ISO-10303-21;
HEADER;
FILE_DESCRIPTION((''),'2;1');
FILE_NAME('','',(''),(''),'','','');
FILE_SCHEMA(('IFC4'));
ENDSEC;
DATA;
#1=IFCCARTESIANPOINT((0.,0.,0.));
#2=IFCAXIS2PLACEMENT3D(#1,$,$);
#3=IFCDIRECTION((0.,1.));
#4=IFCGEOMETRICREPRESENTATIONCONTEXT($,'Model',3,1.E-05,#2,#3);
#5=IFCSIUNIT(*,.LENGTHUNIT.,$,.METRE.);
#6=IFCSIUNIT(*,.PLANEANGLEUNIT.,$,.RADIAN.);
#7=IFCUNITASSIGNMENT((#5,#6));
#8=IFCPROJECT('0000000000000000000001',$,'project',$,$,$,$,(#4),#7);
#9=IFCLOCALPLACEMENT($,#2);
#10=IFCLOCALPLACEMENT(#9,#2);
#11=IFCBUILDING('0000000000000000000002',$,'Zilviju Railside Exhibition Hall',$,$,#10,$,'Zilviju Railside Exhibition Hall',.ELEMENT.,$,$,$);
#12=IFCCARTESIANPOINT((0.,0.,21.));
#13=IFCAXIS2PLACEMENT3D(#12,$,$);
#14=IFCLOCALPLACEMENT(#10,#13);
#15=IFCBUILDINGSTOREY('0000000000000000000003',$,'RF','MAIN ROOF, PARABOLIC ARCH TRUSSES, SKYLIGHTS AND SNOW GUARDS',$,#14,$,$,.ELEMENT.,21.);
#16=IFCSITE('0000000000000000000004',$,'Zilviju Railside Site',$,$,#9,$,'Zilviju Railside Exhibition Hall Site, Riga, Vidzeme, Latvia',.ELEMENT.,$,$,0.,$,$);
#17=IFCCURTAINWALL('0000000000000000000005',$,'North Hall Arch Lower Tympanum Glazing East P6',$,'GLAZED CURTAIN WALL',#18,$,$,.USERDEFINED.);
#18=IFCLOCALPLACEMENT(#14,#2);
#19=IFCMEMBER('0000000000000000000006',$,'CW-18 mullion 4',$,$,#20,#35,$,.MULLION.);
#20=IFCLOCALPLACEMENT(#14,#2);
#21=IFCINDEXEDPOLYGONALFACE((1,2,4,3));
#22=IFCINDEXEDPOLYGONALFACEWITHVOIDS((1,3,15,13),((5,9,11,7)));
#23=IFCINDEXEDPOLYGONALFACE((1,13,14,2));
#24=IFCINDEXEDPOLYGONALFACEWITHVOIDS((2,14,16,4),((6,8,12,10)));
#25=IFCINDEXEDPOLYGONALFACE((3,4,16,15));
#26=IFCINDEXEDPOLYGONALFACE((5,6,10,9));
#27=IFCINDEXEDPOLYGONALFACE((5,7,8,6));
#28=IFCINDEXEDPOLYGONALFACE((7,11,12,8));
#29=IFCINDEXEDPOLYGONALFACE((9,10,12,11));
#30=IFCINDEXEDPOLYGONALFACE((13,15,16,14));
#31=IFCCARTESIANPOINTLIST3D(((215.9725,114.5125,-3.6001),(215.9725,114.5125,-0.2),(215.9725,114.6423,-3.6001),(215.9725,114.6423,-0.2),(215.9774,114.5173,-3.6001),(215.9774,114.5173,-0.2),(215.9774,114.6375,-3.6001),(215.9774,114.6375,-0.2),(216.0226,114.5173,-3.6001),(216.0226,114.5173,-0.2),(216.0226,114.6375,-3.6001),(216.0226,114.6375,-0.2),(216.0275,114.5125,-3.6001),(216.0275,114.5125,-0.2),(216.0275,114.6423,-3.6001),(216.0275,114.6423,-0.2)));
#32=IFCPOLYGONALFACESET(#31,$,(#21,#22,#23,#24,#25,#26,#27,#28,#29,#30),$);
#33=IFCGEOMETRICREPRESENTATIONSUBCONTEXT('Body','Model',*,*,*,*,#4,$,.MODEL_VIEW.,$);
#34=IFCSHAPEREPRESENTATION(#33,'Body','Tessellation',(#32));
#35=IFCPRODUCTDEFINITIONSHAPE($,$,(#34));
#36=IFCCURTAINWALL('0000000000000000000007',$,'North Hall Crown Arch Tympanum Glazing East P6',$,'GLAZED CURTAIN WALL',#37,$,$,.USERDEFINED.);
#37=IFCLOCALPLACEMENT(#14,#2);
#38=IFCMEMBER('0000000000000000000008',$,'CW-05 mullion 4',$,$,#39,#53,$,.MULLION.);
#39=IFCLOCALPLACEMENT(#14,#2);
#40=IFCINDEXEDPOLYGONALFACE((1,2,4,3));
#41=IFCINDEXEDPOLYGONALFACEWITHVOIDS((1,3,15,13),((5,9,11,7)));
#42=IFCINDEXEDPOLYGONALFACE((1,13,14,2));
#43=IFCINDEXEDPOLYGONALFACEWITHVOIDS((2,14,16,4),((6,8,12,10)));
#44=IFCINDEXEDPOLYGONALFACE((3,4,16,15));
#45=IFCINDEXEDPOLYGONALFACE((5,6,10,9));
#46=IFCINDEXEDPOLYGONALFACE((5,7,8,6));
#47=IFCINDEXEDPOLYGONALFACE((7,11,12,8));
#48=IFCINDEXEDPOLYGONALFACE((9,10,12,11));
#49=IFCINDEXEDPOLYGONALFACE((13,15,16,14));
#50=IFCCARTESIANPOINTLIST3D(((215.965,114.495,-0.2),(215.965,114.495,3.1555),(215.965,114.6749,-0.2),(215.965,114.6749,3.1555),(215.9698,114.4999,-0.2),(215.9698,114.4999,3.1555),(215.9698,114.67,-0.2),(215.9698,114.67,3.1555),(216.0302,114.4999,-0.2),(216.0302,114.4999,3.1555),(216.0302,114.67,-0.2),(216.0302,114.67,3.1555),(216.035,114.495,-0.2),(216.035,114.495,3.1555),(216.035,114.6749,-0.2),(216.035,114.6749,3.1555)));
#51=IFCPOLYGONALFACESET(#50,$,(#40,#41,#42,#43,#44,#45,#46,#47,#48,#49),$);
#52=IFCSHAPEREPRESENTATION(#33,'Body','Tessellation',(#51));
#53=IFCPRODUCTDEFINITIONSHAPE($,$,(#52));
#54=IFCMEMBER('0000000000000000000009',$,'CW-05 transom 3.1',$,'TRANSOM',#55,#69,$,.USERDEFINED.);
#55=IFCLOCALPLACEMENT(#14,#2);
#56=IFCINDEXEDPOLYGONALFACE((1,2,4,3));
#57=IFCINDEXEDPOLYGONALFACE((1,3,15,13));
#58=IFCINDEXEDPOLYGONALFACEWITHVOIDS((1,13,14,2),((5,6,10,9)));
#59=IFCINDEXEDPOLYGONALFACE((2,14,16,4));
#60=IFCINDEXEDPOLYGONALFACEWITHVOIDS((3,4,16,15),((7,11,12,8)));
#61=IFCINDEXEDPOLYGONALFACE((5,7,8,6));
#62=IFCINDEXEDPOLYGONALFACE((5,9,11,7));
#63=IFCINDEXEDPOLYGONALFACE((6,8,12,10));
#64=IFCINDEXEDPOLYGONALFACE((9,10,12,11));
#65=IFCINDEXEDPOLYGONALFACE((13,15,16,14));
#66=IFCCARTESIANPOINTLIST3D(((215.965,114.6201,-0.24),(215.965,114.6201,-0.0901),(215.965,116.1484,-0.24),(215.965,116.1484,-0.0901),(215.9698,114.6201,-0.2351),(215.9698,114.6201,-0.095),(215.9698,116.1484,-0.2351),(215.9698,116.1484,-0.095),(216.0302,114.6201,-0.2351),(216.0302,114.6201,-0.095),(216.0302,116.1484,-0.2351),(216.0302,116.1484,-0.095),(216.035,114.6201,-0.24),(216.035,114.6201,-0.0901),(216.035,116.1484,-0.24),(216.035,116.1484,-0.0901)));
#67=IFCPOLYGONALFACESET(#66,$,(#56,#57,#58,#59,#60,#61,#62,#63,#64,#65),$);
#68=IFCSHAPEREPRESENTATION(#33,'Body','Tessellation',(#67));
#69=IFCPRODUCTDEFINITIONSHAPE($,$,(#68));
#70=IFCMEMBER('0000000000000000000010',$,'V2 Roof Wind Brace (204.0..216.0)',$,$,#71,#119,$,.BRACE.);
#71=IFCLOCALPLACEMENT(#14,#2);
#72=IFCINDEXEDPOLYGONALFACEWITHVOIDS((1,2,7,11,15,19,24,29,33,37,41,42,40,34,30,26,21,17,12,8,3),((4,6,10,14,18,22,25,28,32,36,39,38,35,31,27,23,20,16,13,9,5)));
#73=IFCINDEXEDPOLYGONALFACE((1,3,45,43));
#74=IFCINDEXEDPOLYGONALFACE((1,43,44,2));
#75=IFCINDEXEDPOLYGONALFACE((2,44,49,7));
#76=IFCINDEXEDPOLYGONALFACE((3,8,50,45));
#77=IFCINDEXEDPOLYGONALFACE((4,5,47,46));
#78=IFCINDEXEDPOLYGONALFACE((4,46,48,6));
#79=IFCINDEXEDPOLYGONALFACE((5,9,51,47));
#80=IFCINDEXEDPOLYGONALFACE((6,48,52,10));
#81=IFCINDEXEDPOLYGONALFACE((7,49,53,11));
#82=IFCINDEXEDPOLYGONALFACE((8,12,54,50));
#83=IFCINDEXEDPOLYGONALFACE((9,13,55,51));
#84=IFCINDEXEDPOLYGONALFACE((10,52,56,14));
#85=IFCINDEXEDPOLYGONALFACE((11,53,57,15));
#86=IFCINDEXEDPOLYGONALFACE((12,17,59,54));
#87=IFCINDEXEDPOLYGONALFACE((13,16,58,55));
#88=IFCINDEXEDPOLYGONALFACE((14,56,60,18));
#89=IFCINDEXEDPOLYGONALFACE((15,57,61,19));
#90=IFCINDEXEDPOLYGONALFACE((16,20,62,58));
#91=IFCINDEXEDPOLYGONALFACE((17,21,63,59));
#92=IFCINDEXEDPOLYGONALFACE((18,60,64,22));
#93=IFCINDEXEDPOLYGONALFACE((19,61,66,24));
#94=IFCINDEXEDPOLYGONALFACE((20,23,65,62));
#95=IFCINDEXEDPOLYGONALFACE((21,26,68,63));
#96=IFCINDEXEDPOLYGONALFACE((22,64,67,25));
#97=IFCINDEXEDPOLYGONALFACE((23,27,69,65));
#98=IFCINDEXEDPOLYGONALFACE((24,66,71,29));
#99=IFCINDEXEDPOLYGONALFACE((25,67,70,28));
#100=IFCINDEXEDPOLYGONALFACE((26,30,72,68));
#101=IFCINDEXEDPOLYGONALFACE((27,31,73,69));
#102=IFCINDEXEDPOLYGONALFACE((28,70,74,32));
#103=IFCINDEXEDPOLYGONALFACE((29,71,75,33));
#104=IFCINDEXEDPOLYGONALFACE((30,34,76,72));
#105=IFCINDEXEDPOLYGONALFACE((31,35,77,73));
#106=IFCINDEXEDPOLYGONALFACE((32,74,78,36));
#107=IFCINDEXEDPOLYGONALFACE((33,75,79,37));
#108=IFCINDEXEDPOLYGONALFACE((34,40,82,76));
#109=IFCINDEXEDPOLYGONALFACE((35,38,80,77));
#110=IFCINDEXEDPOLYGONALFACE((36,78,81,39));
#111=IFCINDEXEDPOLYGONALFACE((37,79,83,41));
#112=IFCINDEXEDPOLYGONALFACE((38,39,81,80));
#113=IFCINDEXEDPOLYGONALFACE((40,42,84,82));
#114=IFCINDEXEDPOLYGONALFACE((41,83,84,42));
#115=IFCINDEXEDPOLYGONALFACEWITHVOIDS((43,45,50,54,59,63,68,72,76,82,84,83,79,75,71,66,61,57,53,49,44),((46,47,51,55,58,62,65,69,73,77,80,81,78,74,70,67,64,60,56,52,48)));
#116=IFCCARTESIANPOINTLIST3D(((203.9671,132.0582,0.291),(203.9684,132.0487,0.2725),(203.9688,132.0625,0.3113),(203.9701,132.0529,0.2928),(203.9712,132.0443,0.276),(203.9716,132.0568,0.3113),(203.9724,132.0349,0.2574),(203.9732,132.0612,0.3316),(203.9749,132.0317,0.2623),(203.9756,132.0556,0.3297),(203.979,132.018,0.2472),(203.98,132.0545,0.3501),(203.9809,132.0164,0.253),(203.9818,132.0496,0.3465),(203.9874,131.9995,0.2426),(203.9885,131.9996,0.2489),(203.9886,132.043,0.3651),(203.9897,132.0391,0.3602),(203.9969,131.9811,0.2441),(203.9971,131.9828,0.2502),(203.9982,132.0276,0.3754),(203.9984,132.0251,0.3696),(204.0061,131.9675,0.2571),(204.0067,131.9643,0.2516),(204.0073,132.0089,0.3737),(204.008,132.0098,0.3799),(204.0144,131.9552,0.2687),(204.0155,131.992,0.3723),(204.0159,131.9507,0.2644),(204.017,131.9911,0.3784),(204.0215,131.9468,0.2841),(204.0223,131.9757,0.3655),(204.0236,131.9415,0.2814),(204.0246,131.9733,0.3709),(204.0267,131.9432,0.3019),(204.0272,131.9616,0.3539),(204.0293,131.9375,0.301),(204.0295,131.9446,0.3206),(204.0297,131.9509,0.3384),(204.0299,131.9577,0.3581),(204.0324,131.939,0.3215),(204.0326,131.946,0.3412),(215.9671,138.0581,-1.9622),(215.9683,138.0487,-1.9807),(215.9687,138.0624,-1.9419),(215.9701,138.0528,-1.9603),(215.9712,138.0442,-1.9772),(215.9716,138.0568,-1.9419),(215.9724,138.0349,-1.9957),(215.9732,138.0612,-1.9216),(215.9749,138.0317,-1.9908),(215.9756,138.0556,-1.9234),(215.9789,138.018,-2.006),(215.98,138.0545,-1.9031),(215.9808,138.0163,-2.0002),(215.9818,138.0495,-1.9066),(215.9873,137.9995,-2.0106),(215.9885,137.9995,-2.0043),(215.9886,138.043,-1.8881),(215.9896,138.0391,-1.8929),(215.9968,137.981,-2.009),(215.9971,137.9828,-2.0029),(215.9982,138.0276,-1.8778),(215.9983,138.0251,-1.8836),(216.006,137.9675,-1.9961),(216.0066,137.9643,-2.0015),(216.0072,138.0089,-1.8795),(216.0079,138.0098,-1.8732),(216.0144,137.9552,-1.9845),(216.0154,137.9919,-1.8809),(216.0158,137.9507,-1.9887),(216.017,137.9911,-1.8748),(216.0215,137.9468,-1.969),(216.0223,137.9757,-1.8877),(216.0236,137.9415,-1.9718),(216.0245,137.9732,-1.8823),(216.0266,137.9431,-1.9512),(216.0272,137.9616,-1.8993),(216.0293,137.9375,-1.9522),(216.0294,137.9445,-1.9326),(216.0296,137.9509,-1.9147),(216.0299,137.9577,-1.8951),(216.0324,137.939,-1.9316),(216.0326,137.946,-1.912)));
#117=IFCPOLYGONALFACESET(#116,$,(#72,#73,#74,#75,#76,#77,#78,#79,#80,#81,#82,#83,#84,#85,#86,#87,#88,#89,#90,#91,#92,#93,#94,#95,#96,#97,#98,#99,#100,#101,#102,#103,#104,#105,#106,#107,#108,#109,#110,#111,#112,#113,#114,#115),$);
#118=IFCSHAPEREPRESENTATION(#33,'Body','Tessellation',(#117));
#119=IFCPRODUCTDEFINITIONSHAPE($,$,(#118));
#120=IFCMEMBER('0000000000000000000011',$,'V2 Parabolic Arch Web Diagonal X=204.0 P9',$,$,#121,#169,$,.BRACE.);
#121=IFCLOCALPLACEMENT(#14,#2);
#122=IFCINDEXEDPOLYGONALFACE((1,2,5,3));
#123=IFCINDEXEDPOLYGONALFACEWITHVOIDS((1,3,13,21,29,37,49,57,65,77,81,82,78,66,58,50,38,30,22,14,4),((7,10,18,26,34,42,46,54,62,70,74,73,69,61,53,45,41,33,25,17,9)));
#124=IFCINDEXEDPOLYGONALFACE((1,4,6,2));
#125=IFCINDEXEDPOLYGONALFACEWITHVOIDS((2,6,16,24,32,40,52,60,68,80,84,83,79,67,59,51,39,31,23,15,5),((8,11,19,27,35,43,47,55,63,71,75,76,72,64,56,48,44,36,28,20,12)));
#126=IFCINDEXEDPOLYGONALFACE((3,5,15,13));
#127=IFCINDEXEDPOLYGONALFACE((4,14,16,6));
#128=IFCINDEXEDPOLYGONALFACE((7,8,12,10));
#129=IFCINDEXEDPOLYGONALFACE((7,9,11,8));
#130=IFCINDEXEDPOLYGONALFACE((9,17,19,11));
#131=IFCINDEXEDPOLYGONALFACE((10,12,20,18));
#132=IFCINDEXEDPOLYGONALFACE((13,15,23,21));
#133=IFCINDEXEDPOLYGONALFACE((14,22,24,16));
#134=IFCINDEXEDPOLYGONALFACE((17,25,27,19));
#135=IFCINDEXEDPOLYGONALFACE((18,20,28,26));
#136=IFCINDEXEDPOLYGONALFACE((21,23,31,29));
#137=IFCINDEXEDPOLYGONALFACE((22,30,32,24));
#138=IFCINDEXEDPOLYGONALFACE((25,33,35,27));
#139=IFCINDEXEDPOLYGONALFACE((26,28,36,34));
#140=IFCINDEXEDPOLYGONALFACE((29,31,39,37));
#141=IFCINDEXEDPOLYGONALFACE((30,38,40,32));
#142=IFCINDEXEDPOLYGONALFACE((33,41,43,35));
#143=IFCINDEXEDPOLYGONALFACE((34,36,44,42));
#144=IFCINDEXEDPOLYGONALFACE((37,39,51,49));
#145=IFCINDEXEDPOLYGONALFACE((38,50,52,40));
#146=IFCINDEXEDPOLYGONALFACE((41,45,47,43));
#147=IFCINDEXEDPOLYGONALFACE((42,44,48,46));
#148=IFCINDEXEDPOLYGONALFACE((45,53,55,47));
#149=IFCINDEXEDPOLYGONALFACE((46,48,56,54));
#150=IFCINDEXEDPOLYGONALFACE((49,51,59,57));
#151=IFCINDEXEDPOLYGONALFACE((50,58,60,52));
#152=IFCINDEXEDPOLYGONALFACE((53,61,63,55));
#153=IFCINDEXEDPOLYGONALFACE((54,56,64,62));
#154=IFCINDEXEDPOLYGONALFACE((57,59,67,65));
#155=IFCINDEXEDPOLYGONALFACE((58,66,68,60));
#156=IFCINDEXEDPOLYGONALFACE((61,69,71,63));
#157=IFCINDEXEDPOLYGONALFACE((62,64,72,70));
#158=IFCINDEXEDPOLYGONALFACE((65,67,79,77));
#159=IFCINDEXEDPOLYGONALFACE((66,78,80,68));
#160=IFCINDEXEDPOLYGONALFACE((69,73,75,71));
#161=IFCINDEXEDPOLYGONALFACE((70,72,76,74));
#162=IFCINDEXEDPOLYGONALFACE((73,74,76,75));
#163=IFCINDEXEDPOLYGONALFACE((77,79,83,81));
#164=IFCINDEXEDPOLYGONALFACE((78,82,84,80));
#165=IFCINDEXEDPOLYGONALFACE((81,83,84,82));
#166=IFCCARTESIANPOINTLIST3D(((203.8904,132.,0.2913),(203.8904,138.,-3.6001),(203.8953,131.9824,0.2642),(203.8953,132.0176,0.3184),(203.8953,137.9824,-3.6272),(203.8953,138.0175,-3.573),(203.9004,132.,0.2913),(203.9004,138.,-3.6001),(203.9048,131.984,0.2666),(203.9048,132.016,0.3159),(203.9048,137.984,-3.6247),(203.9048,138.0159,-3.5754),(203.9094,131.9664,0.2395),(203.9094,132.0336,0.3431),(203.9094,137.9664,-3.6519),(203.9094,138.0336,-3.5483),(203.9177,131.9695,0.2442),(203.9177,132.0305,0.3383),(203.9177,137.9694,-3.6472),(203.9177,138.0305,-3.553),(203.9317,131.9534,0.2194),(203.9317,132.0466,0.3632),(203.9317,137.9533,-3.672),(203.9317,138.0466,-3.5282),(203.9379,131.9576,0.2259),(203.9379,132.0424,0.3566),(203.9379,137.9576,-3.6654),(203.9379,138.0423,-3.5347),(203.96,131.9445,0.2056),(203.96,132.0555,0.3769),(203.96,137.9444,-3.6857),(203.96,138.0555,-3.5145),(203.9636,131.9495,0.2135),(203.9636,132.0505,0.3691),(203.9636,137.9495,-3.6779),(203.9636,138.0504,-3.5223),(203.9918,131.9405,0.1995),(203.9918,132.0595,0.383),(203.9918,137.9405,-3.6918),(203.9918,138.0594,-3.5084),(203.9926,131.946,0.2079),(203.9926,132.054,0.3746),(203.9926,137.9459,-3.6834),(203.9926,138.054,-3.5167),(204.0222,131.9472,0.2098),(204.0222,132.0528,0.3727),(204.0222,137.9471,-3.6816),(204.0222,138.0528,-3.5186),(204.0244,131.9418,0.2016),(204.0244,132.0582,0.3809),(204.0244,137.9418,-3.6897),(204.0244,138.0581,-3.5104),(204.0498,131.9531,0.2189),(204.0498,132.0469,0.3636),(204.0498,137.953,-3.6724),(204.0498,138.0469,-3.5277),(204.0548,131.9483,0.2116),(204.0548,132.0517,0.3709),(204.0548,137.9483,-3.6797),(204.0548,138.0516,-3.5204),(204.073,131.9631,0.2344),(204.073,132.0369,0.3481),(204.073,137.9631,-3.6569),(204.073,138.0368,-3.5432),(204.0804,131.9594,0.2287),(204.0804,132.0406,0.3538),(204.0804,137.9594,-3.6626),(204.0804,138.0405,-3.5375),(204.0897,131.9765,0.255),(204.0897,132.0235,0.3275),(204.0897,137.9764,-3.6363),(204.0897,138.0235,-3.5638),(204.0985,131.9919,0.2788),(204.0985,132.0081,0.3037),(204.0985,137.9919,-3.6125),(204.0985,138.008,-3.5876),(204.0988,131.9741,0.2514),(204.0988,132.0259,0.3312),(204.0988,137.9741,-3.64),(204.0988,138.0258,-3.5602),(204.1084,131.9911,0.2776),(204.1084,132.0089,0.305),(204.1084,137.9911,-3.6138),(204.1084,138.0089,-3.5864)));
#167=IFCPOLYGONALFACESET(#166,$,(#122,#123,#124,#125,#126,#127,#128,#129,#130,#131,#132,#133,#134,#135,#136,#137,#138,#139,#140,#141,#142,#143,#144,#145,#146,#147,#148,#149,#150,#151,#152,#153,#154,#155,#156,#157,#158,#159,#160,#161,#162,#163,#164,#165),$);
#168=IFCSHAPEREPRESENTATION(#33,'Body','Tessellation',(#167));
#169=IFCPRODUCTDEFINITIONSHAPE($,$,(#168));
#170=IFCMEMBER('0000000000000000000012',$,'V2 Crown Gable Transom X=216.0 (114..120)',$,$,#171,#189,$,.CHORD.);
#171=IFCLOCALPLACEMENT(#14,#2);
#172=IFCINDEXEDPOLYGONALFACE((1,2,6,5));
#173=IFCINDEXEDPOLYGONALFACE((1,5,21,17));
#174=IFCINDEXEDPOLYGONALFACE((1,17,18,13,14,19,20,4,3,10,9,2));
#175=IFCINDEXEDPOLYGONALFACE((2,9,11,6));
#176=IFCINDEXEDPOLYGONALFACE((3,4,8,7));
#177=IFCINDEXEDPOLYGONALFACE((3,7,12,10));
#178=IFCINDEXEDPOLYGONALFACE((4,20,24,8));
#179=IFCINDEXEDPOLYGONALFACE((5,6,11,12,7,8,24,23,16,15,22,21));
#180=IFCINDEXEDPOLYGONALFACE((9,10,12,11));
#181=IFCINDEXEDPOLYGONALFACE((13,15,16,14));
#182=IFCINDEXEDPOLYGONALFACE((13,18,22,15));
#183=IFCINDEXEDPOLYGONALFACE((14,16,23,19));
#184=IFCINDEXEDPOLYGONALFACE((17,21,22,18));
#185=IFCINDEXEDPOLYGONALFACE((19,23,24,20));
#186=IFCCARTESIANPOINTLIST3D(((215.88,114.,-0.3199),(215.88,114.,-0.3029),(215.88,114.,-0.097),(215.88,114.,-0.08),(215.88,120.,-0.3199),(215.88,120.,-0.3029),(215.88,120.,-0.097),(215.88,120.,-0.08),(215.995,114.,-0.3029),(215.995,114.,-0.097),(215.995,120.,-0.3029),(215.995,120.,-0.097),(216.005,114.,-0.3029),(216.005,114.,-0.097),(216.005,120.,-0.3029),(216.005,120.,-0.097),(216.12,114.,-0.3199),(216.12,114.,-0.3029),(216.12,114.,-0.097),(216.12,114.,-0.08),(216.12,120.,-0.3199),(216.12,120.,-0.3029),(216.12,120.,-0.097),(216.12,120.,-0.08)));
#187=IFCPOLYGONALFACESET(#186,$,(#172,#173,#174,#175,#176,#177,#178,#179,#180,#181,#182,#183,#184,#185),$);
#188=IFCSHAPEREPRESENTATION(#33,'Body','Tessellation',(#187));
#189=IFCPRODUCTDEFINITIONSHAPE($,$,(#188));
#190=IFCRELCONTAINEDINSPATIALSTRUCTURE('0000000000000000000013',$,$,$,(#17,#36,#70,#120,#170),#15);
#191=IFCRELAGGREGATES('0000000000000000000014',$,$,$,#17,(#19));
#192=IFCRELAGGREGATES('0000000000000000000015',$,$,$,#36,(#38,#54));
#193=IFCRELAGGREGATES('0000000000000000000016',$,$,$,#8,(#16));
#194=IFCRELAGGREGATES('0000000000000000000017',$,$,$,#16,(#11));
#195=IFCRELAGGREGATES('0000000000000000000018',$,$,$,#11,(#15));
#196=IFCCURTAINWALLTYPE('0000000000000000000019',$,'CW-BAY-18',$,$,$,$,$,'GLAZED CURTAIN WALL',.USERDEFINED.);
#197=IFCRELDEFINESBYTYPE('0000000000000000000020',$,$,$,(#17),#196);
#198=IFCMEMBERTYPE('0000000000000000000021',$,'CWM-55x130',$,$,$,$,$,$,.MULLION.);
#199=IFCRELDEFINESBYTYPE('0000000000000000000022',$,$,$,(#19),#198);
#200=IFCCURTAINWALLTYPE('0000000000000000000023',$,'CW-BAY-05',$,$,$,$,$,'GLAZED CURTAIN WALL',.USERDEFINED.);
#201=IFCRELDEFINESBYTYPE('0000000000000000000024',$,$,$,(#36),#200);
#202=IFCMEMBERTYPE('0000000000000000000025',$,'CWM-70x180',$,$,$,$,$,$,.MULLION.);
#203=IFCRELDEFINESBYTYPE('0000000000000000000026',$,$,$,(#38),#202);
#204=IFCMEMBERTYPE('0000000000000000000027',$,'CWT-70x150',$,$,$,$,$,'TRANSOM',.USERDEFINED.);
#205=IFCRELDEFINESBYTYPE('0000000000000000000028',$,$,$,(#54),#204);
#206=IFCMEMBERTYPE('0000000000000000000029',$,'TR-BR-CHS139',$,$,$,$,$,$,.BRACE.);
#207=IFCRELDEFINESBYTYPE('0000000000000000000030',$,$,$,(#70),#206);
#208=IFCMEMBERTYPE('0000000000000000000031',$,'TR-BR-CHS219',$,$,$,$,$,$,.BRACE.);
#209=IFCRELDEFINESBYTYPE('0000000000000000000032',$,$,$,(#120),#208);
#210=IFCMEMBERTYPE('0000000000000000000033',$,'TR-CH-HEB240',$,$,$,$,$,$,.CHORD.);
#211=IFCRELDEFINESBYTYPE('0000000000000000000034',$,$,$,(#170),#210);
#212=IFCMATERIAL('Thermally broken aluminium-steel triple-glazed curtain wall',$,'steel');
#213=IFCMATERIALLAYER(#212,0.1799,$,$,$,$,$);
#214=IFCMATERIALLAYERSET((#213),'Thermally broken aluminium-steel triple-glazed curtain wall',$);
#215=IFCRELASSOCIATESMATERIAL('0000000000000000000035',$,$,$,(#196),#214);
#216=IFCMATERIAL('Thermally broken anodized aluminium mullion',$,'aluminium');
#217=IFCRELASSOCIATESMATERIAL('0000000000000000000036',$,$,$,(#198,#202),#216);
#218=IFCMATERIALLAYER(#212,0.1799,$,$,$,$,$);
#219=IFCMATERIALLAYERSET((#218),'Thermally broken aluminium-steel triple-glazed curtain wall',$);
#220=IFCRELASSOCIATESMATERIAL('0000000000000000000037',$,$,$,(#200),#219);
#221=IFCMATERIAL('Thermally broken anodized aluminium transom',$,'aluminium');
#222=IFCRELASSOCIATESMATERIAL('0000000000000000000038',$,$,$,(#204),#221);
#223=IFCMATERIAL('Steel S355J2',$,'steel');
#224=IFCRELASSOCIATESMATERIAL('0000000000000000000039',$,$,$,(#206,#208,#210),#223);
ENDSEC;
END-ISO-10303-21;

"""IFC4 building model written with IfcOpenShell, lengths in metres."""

from ifc_helpers import new_model, si_unit, direction, frame, origin, origin_2d, place, context, subcontext, project, spatial, hollow_rectangle, hollow_circle, i_section, extrude, material, layer, layer_set, material_profile, profile_set, type_object, element, aggregate, save


model = new_model("IFC4")

# Units and contexts
model_context = context("Model", 3, precision=1e-05, world=origin(), true_north=direction((0.0, 1.0)))
body_context = subcontext(model_context, "Body", "Model", "MODEL_VIEW")
ifc_project = project(units=[si_unit("LENGTHUNIT", "METRE"), si_unit("PLANEANGLEUNIT", "RADIAN")], contexts=[model_context])

# Site, building, storey
site_placement = place(None, origin())
site = spatial("IfcSite", under=ifc_project, at=site_placement, Name="Zilviju Railside Site", LongName="Zilviju Railside Exhibition Hall Site, Riga, Vidzeme, Latvia", CompositionType="ELEMENT", RefElevation=0.0)
building_placement = place(site_placement, origin())
building = spatial("IfcBuilding", under=site, at=building_placement, Name="Zilviju Railside Exhibition Hall", LongName="Zilviju Railside Exhibition Hall", CompositionType="ELEMENT")
storey_placement = place(building_placement, frame((0.0, 0.0, 21.0)))
storey = spatial("IfcBuildingStorey", under=building, at=storey_placement, Name="RF", Description="MAIN ROOF, PARABOLIC ARCH TRUSSES, SKYLIGHTS AND SNOW GUARDS", CompositionType="ELEMENT", Elevation=21.0)

# Curtain wall, member
ifc_material_1 = material(Name="Thermally broken aluminium-steel triple-glazed curtain wall", Category="steel")
ifc_layer_1 = layer(ifc_material_1, 0.1799)
ifc_layer_set_1 = layer_set([ifc_layer_1], Name="Thermally broken aluminium-steel triple-glazed curtain wall")
curtain_wall_type_1 = type_object("IfcCurtainWallType", Name="CW-BAY-18", ElementType="GLAZED CURTAIN WALL", PredefinedType="USERDEFINED", material=ifc_layer_set_1)
curtain_wall_1_placement = place(storey_placement, origin())
curtain_wall_1 = element("IfcCurtainWall", 1, at=curtain_wall_1_placement, inside=storey, type_object=curtain_wall_type_1, Name="North Hall Arch Lower Tympanum Glazing East P6", ObjectType="GLAZED CURTAIN WALL", PredefinedType="USERDEFINED")
ifc_material_2 = material(Name="Thermally broken anodized aluminium mullion", Category="aluminium")
ifc_material_profile_1 = material_profile(ifc_material_2, hollow_rectangle(XDim=0.0549, YDim=0.1299, WallThickness=0.0049, at=origin_2d()), Name="MULLION 130x55x5")
ifc_profile_set_1 = profile_set([ifc_material_profile_1], Name="Thermally broken anodized aluminium mullion")
member_type_1 = type_object("IfcMemberType", Name="CWM-55x130", PredefinedType="MULLION", material=ifc_profile_set_1)
member_1_placement = place(storey_placement, frame((216.0, 114.5774, -3.6001), z_axis=(0.0, 0.0, 1.0), x_axis=(1.0, 0.0, 0.0)))
member_1 = element("IfcMember", 2, at=member_1_placement, type_object=member_type_1, Name="CW-18 mullion 4", PredefinedType="MULLION", context=body_context, shape_type="SweptSolid", body=[
    extrude(hollow_rectangle(XDim=0.0549, YDim=0.1299, WallThickness=0.0049, at=origin_2d()), origin(), (0.0, 0.0, 1.0), 3.4001),
])

# Curtain wall, members
ifc_layer_2 = layer(ifc_material_1, 0.1799)
ifc_layer_set_2 = layer_set([ifc_layer_2], Name="Thermally broken aluminium-steel triple-glazed curtain wall")
curtain_wall_type_2 = type_object("IfcCurtainWallType", Name="CW-BAY-05", ElementType="GLAZED CURTAIN WALL", PredefinedType="USERDEFINED", material=ifc_layer_set_2)
curtain_wall_2_placement = place(storey_placement, origin())
curtain_wall_2 = element("IfcCurtainWall", 3, at=curtain_wall_2_placement, inside=storey, type_object=curtain_wall_type_2, Name="North Hall Crown Arch Tympanum Glazing East P6", ObjectType="GLAZED CURTAIN WALL", PredefinedType="USERDEFINED")
ifc_material_profile_2 = material_profile(ifc_material_2, hollow_rectangle(XDim=0.0701, YDim=0.1799, WallThickness=0.0049, at=origin_2d()), Name="MULLION 180x70x5")
ifc_profile_set_2 = profile_set([ifc_material_profile_2], Name="Thermally broken anodized aluminium mullion")
member_type_2 = type_object("IfcMemberType", Name="CWM-70x180", PredefinedType="MULLION", material=ifc_profile_set_2)
member_2_placement = place(storey_placement, frame((216.0, 114.585, -0.2), z_axis=(0.0, 0.0, 1.0), x_axis=(1.0, 0.0, 0.0)))
member_2 = element("IfcMember", 4, at=member_2_placement, type_object=member_type_2, Name="CW-05 mullion 4", PredefinedType="MULLION", context=body_context, shape_type="SweptSolid", body=[
    extrude(hollow_rectangle(XDim=0.0701, YDim=0.1799, WallThickness=0.0049, at=origin_2d()), origin(), (0.0, 0.0, 1.0), 3.3555),
])
ifc_material_3 = material(Name="Thermally broken anodized aluminium transom", Category="aluminium")
ifc_material_profile_3 = material_profile(ifc_material_3, hollow_rectangle(XDim=0.0701, YDim=0.1499, WallThickness=0.0049, at=origin_2d()), Name="TRANSOM 150x70x5")
ifc_profile_set_3 = profile_set([ifc_material_profile_3], Name="Thermally broken anodized aluminium transom")
member_type_3 = type_object("IfcMemberType", Name="CWT-70x150", ElementType="TRANSOM", PredefinedType="USERDEFINED", material=ifc_profile_set_3)
member_3_placement = place(storey_placement, frame((216.0, 116.1484, -0.165), z_axis=(0.0, -1.0, 0.0), x_axis=(1.0, 0.0, 0.0)))
member_3 = element("IfcMember", 5, at=member_3_placement, type_object=member_type_3, Name="CW-05 transom 3.1", ObjectType="TRANSOM", PredefinedType="USERDEFINED", context=body_context, shape_type="SweptSolid", body=[
    extrude(hollow_rectangle(XDim=0.0701, YDim=0.1499, WallThickness=0.0049, at=origin_2d()), origin(), (0.0, 0.0, 1.0), 1.5283),
])

# Members
ifc_material_4 = material(Name="Steel S355J2", Category="steel")
ifc_material_profile_4 = material_profile(ifc_material_4, hollow_circle(Radius=0.0698, WallThickness=0.0063, at=origin_2d()), Name="CHS 139.7x6.3")
ifc_profile_set_4 = profile_set([ifc_material_profile_4], Name="Steel S355J2")
member_type_4 = type_object("IfcMemberType", Name="TR-BR-CHS139", PredefinedType="BRACE", material=ifc_profile_set_4)
member_4_placement = place(storey_placement, frame((204.0, 132.0, 0.3113), z_axis=(0.882074, 0.441037, -0.165622), x_axis=(-0.447214, 0.894427, 0.0)))
element("IfcMember", 6, at=member_4_placement, inside=storey, type_object=member_type_4, Name="V2 Roof Wind Brace (204.0..216.0)", PredefinedType="BRACE", context=body_context, shape_type="SweptSolid", body=[
    extrude(hollow_circle(Radius=0.0698, WallThickness=0.0063, at=origin_2d()), origin(), (0.0, 0.0, 1.0), 13.6042),
])
ifc_material_profile_5 = material_profile(ifc_material_4, hollow_circle(Radius=0.1096, WallThickness=0.01, at=origin_2d()), Name="CHS 219.1x10.0")
ifc_profile_set_5 = profile_set([ifc_material_profile_5], Name="Steel S355J2")
member_type_5 = type_object("IfcMemberType", Name="TR-BR-CHS219", PredefinedType="BRACE", material=ifc_profile_set_5)
member_5_placement = place(storey_placement, frame((204.0, 132.0, 0.2913), z_axis=(0.0, 0.838995, -0.544139), x_axis=(-1.0, 0.0, 0.0)))
element("IfcMember", 7, at=member_5_placement, inside=storey, type_object=member_type_5, Name="V2 Parabolic Arch Web Diagonal X=204.0 P9", PredefinedType="BRACE", context=body_context, shape_type="SweptSolid", body=[
    extrude(hollow_circle(Radius=0.1096, WallThickness=0.01, at=origin_2d()), origin(), (0.0, 0.0, 1.0), 7.1514),
])
ifc_material_profile_6 = material_profile(ifc_material_4, i_section(OverallWidth=0.24, OverallDepth=0.24, WebThickness=0.01, FlangeThickness=0.0171, at=origin_2d()), Name="HEB 240")
ifc_profile_set_6 = profile_set([ifc_material_profile_6], Name="Steel S355J2")
member_type_6 = type_object("IfcMemberType", Name="TR-CH-HEB240", PredefinedType="CHORD", material=ifc_profile_set_6)
member_6_placement = place(storey_placement, frame((216.0, 114.0, -0.2), z_axis=(0.0, 1.0, 0.0), x_axis=(-1.0, 0.0, 0.0)))
element("IfcMember", 8, at=member_6_placement, inside=storey, type_object=member_type_6, Name="V2 Crown Gable Transom X=216.0 (114..120)", PredefinedType="CHORD", context=body_context, shape_type="SweptSolid", body=[
    extrude(i_section(OverallWidth=0.24, OverallDepth=0.24, WebThickness=0.01, FlangeThickness=0.0171, at=origin_2d()), origin(), (0.0, 0.0, 1.0), 6.0),
])

aggregate(curtain_wall_1, [member_1])
aggregate(curtain_wall_2, [member_2, member_3])

save(model, "model.ifc")
